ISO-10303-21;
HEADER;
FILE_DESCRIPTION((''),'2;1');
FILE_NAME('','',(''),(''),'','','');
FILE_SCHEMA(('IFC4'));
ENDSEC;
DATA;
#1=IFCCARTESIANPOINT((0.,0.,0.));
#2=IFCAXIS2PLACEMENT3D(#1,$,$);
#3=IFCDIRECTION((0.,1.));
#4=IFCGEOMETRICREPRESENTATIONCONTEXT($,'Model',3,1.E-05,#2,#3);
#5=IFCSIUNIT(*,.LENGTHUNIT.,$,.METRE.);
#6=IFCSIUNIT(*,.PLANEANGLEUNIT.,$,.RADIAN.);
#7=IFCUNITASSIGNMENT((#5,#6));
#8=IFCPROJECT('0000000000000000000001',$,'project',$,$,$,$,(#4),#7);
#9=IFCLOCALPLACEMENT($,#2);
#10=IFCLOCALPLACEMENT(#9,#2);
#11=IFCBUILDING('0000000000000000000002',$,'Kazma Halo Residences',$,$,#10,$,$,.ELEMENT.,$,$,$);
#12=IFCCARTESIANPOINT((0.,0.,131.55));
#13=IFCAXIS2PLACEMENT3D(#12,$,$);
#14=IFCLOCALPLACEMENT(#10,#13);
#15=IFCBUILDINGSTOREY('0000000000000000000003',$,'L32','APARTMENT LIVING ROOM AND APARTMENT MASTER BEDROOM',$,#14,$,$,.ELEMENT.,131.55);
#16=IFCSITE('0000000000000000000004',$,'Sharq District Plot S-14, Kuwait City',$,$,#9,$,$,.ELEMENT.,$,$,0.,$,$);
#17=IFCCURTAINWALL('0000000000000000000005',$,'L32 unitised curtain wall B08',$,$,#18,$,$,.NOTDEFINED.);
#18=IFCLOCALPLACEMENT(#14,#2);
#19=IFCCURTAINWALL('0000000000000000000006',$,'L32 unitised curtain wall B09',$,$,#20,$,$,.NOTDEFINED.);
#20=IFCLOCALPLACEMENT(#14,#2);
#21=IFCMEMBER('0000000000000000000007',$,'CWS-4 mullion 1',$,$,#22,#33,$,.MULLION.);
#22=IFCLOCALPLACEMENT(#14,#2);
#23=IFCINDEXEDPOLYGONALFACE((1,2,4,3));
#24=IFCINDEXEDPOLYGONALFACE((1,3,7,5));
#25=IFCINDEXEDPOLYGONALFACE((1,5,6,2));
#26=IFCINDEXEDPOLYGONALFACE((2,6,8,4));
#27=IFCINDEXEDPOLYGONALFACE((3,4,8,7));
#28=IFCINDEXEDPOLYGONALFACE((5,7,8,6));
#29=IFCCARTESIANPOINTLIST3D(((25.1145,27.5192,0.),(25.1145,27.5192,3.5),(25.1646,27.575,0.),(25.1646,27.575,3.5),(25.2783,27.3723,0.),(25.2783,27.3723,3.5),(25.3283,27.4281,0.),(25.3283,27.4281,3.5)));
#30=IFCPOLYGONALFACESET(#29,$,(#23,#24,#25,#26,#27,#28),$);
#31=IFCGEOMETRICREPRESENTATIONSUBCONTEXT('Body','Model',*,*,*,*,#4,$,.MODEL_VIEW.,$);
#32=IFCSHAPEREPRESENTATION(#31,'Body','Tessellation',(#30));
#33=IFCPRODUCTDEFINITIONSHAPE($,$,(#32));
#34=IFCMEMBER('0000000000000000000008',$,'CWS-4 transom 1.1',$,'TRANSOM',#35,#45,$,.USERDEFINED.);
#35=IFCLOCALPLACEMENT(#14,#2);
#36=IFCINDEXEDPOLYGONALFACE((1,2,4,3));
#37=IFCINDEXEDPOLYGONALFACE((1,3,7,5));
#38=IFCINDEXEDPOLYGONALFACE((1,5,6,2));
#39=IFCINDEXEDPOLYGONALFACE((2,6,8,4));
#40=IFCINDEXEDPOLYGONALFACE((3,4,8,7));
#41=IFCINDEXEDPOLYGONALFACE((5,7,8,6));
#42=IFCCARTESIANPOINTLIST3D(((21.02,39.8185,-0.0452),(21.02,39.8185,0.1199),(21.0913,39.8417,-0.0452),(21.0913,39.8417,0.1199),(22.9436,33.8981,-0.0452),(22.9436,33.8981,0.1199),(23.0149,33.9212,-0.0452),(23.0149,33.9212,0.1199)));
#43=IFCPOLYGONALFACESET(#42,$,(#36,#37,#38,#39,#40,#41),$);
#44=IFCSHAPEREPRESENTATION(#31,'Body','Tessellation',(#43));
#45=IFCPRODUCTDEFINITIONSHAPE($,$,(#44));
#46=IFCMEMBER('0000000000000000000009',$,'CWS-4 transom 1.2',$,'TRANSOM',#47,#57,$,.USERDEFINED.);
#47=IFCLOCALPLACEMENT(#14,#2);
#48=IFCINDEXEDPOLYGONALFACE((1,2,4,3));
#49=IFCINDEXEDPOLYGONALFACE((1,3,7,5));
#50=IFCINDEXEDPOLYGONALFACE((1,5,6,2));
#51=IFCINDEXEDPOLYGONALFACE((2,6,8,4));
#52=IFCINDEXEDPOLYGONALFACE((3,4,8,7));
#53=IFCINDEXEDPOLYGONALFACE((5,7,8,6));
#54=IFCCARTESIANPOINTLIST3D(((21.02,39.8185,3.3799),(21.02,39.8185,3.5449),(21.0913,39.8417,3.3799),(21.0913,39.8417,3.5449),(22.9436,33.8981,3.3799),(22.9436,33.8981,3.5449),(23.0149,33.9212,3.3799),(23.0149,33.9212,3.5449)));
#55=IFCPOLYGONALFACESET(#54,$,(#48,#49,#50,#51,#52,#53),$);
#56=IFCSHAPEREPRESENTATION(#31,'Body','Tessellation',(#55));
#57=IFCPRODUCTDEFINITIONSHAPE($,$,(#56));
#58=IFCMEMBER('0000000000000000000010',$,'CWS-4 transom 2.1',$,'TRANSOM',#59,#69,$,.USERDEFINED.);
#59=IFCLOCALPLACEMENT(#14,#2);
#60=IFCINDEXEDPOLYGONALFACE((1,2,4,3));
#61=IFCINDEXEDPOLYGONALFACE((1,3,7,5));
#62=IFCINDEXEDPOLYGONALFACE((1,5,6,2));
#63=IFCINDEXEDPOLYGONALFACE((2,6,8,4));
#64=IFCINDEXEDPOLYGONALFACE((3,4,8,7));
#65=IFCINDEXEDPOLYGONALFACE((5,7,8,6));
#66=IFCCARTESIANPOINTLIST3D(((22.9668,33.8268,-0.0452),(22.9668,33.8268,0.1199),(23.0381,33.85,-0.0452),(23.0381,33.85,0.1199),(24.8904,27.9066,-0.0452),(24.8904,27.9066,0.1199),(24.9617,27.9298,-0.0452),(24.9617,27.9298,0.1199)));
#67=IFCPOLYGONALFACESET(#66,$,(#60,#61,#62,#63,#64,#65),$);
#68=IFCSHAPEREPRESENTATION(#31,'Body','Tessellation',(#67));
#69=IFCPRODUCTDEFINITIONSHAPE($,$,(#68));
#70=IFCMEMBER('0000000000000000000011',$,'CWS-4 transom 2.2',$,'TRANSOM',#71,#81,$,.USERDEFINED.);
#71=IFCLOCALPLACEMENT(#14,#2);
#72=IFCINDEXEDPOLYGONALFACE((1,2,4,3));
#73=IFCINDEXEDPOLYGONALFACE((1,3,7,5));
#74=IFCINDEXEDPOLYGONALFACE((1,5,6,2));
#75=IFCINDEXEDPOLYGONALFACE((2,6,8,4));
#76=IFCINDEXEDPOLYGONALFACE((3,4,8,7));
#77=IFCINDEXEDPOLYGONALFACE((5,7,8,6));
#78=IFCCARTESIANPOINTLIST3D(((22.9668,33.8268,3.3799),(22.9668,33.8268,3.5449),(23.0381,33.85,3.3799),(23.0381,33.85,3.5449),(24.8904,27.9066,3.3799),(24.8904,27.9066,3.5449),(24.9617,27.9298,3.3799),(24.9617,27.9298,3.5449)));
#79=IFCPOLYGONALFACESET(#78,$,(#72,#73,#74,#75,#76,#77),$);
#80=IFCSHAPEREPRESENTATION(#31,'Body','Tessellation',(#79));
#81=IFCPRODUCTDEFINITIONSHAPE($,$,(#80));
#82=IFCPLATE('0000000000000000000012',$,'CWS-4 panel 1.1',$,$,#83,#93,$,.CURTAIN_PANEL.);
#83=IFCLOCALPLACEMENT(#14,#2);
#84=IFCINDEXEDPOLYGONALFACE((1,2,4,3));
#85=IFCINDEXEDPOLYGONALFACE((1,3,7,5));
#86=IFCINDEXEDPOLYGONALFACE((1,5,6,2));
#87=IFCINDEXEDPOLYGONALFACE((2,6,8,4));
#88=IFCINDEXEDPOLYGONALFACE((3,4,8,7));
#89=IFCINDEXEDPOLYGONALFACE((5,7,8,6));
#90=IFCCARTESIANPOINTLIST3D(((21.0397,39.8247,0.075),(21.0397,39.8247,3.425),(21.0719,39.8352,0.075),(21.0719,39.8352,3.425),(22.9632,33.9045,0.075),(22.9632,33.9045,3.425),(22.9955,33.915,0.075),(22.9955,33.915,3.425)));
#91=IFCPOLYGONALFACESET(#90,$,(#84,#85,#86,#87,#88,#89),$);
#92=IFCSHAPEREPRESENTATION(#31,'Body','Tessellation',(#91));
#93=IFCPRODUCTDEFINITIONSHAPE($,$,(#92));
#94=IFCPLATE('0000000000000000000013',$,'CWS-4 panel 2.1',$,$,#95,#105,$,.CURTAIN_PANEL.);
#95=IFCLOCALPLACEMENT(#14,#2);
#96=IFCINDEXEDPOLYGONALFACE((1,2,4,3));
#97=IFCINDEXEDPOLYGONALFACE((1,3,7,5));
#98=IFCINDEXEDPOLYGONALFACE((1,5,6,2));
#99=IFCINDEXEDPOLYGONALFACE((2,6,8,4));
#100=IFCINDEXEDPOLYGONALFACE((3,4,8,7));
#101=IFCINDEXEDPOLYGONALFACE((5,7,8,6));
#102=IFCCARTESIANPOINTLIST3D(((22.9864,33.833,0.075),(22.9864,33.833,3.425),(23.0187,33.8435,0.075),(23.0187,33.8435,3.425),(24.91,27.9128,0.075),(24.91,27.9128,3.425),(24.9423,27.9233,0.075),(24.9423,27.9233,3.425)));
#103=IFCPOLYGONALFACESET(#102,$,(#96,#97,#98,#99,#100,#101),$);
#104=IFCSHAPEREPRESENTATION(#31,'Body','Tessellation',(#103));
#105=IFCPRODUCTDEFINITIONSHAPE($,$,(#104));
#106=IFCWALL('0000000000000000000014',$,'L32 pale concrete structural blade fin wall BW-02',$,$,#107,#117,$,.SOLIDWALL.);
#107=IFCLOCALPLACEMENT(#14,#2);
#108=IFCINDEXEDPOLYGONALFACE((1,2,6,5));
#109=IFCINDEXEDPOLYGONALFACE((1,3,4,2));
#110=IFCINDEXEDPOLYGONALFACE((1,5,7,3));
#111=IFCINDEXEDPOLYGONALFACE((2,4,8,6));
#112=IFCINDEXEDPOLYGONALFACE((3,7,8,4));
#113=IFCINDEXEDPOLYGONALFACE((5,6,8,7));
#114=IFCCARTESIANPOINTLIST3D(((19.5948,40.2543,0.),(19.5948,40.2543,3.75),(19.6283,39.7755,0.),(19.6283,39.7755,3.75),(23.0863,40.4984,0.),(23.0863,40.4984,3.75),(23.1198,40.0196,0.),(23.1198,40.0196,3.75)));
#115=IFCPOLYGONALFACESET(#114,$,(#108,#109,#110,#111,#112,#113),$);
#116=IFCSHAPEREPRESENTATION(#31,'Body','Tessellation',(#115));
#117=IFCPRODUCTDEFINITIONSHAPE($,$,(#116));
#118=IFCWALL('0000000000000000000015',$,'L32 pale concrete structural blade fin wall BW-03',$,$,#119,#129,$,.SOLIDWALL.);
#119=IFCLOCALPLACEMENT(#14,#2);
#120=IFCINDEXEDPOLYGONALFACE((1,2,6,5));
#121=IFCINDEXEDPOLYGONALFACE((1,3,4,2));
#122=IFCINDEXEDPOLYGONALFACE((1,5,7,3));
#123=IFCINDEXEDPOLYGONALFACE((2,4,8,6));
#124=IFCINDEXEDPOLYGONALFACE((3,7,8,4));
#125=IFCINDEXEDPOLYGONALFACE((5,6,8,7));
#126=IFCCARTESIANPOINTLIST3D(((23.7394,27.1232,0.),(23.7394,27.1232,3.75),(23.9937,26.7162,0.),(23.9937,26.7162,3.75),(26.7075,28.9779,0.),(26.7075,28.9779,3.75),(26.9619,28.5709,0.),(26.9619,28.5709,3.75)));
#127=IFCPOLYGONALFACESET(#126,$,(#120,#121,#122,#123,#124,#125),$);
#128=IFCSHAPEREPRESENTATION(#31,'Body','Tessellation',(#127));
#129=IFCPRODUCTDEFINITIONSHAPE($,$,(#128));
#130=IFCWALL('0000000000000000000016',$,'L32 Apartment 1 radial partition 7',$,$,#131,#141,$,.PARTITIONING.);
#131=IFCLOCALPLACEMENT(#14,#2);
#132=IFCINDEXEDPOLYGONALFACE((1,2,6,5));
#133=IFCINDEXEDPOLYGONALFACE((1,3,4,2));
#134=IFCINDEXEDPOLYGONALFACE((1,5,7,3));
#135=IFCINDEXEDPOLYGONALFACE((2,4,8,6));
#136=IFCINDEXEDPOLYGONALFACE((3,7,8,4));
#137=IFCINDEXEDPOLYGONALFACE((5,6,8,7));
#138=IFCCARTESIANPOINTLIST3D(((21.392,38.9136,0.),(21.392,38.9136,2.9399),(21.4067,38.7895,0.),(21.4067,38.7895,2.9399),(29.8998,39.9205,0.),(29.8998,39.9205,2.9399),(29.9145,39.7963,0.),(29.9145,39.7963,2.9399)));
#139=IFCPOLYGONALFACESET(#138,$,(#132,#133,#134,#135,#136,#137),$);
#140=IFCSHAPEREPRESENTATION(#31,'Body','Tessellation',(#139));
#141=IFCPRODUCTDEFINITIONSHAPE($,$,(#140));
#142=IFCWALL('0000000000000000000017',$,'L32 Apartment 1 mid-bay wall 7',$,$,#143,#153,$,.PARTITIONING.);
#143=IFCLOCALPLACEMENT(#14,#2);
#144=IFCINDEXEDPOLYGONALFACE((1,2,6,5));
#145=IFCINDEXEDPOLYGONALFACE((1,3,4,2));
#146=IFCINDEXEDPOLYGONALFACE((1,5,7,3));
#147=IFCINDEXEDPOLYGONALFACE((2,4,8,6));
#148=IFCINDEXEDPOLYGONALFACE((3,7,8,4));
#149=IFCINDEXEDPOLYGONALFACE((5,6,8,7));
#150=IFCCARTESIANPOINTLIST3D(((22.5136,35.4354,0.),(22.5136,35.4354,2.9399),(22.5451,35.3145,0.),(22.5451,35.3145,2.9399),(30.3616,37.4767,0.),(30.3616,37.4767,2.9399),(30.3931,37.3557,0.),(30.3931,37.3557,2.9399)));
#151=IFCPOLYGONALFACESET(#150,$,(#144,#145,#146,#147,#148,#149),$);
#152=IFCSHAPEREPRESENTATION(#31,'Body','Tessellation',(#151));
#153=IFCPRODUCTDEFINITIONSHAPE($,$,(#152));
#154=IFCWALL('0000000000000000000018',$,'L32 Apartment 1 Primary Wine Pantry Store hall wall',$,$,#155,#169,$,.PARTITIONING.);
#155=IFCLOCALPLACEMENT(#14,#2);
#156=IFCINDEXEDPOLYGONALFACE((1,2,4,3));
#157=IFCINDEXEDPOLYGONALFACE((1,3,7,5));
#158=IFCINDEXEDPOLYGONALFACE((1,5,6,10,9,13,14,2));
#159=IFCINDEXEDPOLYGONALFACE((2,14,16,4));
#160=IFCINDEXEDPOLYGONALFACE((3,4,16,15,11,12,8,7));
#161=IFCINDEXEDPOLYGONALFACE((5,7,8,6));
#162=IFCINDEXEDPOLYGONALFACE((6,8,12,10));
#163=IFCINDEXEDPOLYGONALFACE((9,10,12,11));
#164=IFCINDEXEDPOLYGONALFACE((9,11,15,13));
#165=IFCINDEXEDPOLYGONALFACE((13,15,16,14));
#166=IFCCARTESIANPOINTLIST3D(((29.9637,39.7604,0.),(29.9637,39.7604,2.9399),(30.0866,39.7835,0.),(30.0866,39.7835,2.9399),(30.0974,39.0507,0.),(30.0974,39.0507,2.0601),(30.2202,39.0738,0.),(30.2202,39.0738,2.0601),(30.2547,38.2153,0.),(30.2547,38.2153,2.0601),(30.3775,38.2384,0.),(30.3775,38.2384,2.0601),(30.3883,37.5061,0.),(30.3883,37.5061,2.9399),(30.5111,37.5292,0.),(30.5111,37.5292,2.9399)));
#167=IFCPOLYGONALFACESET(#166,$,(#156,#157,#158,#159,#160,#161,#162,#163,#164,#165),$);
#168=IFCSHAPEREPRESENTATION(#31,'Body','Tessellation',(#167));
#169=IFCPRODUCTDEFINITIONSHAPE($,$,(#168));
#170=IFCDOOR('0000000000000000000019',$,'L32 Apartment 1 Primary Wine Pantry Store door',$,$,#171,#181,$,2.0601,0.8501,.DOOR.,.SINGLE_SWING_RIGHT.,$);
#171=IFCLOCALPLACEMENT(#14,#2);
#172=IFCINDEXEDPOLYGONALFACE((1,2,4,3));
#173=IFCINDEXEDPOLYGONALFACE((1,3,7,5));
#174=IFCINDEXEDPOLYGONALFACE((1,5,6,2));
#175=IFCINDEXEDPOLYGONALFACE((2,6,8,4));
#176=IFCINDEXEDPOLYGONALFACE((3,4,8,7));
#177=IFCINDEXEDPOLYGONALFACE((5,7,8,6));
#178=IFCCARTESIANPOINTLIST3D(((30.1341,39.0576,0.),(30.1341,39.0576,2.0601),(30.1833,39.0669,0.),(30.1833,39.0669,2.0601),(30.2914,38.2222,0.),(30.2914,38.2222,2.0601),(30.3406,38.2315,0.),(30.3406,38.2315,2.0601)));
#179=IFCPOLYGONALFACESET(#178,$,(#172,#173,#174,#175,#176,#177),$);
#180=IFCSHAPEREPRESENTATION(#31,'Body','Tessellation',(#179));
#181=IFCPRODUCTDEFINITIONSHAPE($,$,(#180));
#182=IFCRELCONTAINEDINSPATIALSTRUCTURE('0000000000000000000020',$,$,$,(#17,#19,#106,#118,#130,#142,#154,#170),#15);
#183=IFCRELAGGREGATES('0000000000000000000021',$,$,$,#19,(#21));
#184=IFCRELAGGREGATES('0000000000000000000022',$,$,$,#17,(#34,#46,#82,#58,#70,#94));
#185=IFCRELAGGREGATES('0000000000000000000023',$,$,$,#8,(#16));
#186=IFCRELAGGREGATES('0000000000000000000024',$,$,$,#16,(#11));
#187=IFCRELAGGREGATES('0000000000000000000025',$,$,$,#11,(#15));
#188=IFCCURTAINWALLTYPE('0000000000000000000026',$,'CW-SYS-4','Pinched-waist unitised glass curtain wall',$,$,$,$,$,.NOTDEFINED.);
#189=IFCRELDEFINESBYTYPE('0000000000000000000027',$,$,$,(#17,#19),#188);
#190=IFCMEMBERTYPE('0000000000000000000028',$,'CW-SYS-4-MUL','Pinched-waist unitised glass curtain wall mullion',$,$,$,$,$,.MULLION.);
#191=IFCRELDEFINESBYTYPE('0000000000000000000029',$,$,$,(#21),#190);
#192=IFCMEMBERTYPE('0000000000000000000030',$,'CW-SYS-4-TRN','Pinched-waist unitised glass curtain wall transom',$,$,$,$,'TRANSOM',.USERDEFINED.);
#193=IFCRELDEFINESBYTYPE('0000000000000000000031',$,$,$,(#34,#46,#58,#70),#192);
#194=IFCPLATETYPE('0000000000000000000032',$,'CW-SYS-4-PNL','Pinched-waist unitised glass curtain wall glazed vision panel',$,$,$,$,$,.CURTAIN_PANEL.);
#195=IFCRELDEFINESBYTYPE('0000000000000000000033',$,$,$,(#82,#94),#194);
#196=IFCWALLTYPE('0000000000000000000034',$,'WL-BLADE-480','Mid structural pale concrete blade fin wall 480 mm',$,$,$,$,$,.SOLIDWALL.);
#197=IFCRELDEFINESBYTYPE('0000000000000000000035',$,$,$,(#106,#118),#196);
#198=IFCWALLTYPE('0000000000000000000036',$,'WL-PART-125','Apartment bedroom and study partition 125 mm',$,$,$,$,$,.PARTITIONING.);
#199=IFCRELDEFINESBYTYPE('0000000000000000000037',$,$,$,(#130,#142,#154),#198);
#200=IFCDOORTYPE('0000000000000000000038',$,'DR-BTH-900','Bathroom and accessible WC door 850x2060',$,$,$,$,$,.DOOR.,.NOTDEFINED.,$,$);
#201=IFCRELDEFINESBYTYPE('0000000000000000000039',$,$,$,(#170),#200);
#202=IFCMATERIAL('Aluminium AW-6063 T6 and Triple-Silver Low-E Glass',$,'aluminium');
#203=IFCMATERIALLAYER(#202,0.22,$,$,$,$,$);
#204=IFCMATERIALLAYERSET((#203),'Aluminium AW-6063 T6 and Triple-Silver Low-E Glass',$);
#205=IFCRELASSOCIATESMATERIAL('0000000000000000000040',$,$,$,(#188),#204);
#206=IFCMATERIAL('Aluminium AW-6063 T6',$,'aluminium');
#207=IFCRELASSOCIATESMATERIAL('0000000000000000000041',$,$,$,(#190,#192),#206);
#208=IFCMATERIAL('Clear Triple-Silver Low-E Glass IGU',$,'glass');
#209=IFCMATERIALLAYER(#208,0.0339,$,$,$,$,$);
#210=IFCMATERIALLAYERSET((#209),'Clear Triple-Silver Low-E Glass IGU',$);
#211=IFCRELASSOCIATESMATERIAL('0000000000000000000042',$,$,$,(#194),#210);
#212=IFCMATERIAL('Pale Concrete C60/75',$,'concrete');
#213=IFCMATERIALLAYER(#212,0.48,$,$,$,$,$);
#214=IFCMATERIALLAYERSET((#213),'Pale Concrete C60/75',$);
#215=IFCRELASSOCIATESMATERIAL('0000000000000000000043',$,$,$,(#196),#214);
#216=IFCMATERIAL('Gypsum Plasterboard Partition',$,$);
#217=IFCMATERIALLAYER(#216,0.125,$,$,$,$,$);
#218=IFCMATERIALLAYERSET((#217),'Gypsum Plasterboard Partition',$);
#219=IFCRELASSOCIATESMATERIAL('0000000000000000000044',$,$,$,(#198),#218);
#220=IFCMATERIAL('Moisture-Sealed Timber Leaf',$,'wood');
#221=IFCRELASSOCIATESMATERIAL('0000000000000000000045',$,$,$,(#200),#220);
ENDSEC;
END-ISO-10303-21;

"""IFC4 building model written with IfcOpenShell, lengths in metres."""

from ifc_helpers import new_model, si_unit, direction, frame, frame_2d, origin, origin_2d, place, context, subcontext, project, spatial, rectangle, extrude, material, layer, layer_set, material_profile, profile_set, type_object, element, fill, aggregate, save


model = new_model("IFC4")

# Units and contexts
model_context = context("Model", 3, precision=1e-05, world=origin(), true_north=direction((0.0, 1.0)))
body_context = subcontext(model_context, "Body", "Model", "MODEL_VIEW")
ifc_project = project(units=[si_unit("LENGTHUNIT", "METRE"), si_unit("PLANEANGLEUNIT", "RADIAN")], contexts=[model_context])

# Site, building, storey
site_placement = place(None, origin())
site = spatial("IfcSite", under=ifc_project, at=site_placement, Name="Sharq District Plot S-14, Kuwait City", CompositionType="ELEMENT", RefElevation=0.0)
building_placement = place(site_placement, origin())
building = spatial("IfcBuilding", under=site, at=building_placement, Name="Kazma Halo Residences", CompositionType="ELEMENT")
storey_placement = place(building_placement, frame((0.0, 0.0, 131.55)))
storey = spatial("IfcBuildingStorey", under=building, at=storey_placement, Name="L32", Description="APARTMENT LIVING ROOM AND APARTMENT MASTER BEDROOM", CompositionType="ELEMENT", Elevation=131.55)

# Curtain wall
ifc_material_1 = material(Name="Aluminium AW-6063 T6 and Triple-Silver Low-E Glass", Category="aluminium")
ifc_layer_1 = layer(ifc_material_1, 0.22)
ifc_layer_set_1 = layer_set([ifc_layer_1], Name="Aluminium AW-6063 T6 and Triple-Silver Low-E Glass")
curtain_wall_type = type_object("IfcCurtainWallType", Name="CW-SYS-4", Description="Pinched-waist unitised glass curtain wall", PredefinedType="NOTDEFINED", material=ifc_layer_set_1)
curtain_wall_1_placement = place(storey_placement, origin())
curtain_wall_1 = element("IfcCurtainWall", 1, at=curtain_wall_1_placement, inside=storey, type_object=curtain_wall_type, Name="L32 unitised curtain wall B08", PredefinedType="NOTDEFINED")
ifc_material_2 = material(Name="Aluminium AW-6063 T6", Category="aluminium")
ifc_material_profile_1 = material_profile(ifc_material_2, rectangle(XDim=0.075, YDim=0.22, at=origin_2d()), Name="CWM-75x220")
ifc_profile_set_1 = profile_set([ifc_material_profile_1], Name="Aluminium AW-6063 T6")
member_type_1 = type_object("IfcMemberType", Name="CW-SYS-4-MUL", Description="Pinched-waist unitised glass curtain wall mullion", PredefinedType="MULLION", material=ifc_profile_set_1)

# Curtain wall, member
curtain_wall_2_placement = place(storey_placement, origin())
curtain_wall_2 = element("IfcCurtainWall", 2, at=curtain_wall_2_placement, inside=storey, type_object=curtain_wall_type, Name="L32 unitised curtain wall B09", PredefinedType="NOTDEFINED")
member_1_placement = place(storey_placement, frame((25.2214, 27.4736, 0.0), z_axis=(0.0, 0.0, 1.0), x_axis=(0.66777, 0.744368, 0.0)))
member_1 = element("IfcMember", 3, at=member_1_placement, type_object=member_type_1, Name="CWS-4 mullion 1", PredefinedType="MULLION", context=body_context, shape_type="SweptSolid", body=[
    extrude(rectangle(XDim=0.075, YDim=0.22, at=origin_2d()), origin(), (0.0, 0.0, 1.0), 3.5),
])
aggregate(curtain_wall_2, [member_1])

# Members
ifc_material_profile_2 = material_profile(ifc_material_2, rectangle(XDim=0.075, YDim=0.165, at=origin_2d()), Name="CWT-75x165")
ifc_profile_set_2 = profile_set([ifc_material_profile_2], Name="Aluminium AW-6063 T6")
member_type_2 = type_object("IfcMemberType", Name="CW-SYS-4-TRN", Description="Pinched-waist unitised glass curtain wall transom", ElementType="TRANSOM", PredefinedType="USERDEFINED", material=ifc_profile_set_2)
member_2_placement = place(storey_placement, frame((21.0557, 39.8301, 0.0374), z_axis=(0.309006, -0.95106, 0.0), x_axis=(0.95106, 0.309006, 0.0)))
member_2 = element("IfcMember", 4, at=member_2_placement, type_object=member_type_2, Name="CWS-4 transom 1.1", ObjectType="TRANSOM", PredefinedType="USERDEFINED", context=body_context, shape_type="SweptSolid", body=[
    extrude(rectangle(XDim=0.075, YDim=0.165, at=origin_2d()), origin(), (0.0, 0.0, 1.0), 6.2251),
])
member_3_placement = place(storey_placement, frame((21.0557, 39.8301, 3.4624), z_axis=(0.309006, -0.95106, 0.0), x_axis=(0.95106, 0.309006, 0.0)))
member_3 = element("IfcMember", 5, at=member_3_placement, type_object=member_type_2, Name="CWS-4 transom 1.2", ObjectType="TRANSOM", PredefinedType="USERDEFINED", context=body_context, shape_type="SweptSolid", body=[
    extrude(rectangle(XDim=0.075, YDim=0.165, at=origin_2d()), origin(), (0.0, 0.0, 1.0), 6.2251),
])
member_4_placement = place(storey_placement, frame((23.0024, 33.8384, 0.0374), z_axis=(0.309018, -0.951056, 0.0), x_axis=(0.951056, 0.309018, 0.0)))
member_4 = element("IfcMember", 6, at=member_4_placement, type_object=member_type_2, Name="CWS-4 transom 2.1", ObjectType="TRANSOM", PredefinedType="USERDEFINED", context=body_context, shape_type="SweptSolid", body=[
    extrude(rectangle(XDim=0.075, YDim=0.165, at=origin_2d()), origin(), (0.0, 0.0, 1.0), 6.2249),
])
member_5_placement = place(storey_placement, frame((23.0024, 33.8384, 3.4624), z_axis=(0.309018, -0.951056, 0.0), x_axis=(0.951056, 0.309018, 0.0)))
member_5 = element("IfcMember", 7, at=member_5_placement, type_object=member_type_2, Name="CWS-4 transom 2.2", ObjectType="TRANSOM", PredefinedType="USERDEFINED", context=body_context, shape_type="SweptSolid", body=[
    extrude(rectangle(XDim=0.075, YDim=0.165, at=origin_2d()), origin(), (0.0, 0.0, 1.0), 6.2249),
])

# Plates
ifc_material_3 = material(Name="Clear Triple-Silver Low-E Glass IGU", Category="glass")
ifc_layer_2 = layer(ifc_material_3, 0.0339)
ifc_layer_set_2 = layer_set([ifc_layer_2], Name="Clear Triple-Silver Low-E Glass IGU")
plate_type = type_object("IfcPlateType", Name="CW-SYS-4-PNL", Description="Pinched-waist unitised glass curtain wall glazed vision panel", PredefinedType="CURTAIN_PANEL", material=ifc_layer_set_2)
plate_1_placement = place(storey_placement, frame((22.0176, 36.8699, 0.075), z_axis=(0.0, 0.0, 1.0), x_axis=(0.309014, -0.951058, 0.0)))
plate_1 = element("IfcPlate", 8, at=plate_1_placement, type_object=plate_type, Name="CWS-4 panel 1.1", PredefinedType="CURTAIN_PANEL", context=body_context, shape_type="SweptSolid", body=[
    extrude(rectangle(XDim=6.2249, YDim=0.0339, at=origin_2d()), origin(), (0.0, 0.0, 1.0), 3.3501),
])
plate_2_placement = place(storey_placement, frame((23.9644, 30.8782, 0.075), z_axis=(0.0, 0.0, 1.0), x_axis=(0.309014, -0.951058, 0.0)))
plate_2 = element("IfcPlate", 9, at=plate_2_placement, type_object=plate_type, Name="CWS-4 panel 2.1", PredefinedType="CURTAIN_PANEL", context=body_context, shape_type="SweptSolid", body=[
    extrude(rectangle(XDim=6.2249, YDim=0.0339, at=origin_2d()), origin(), (0.0, 0.0, 1.0), 3.3501),
])
aggregate(curtain_wall_1, [member_2, member_3, plate_1, member_4, member_5, plate_2])

# Walls
ifc_material_4 = material(Name="Pale Concrete C60/75", Category="concrete")
ifc_layer_3 = layer(ifc_material_4, 0.48)
ifc_layer_set_3 = layer_set([ifc_layer_3], Name="Pale Concrete C60/75")
wall_type_1 = type_object("IfcWallType", Name="WL-BLADE-480", Description="Mid structural pale concrete blade fin wall 480 mm", PredefinedType="SOLIDWALL", material=ifc_layer_set_3)
for number, where, z_axis, x_axis, name in (
    (10, (23.103, 40.259, 0.0), (0.0, 0.0, 1.0), (-0.997564, -0.069755, 0.0), "L32 pale concrete structural blade fin wall BW-02"),
    (11, (26.8347, 28.7744, 0.0), (0.0, 0.0, 1.0), (-0.848053, -0.529911, 0.0), "L32 pale concrete structural blade fin wall BW-03"),
):
    element("IfcWall", number, at=place(storey_placement, frame(where, z_axis=z_axis, x_axis=x_axis)), inside=storey, type_object=wall_type_1, Name=name, PredefinedType="SOLIDWALL", context=body_context, shape_type="SweptSolid", body=[
        extrude(rectangle(XDim=3.5, YDim=0.48, at=frame_2d((1.75, 0.0))), origin(), (0.0, 0.0, 1.0), 3.75),
    ])
ifc_material_5 = material(Name="Gypsum Plasterboard Partition")
ifc_layer_4 = layer(ifc_material_5, 0.125)
ifc_layer_set_4 = layer_set([ifc_layer_4], Name="Gypsum Plasterboard Partition")
wall_type_2 = type_object("IfcWallType", Name="WL-PART-125", Description="Apartment bedroom and study partition 125 mm", PredefinedType="PARTITIONING", material=ifc_layer_set_4)
wall_1_placement = place(storey_placement, frame((29.9072, 39.8584, 0.0), z_axis=(0.0, 0.0, 1.0), x_axis=(-0.99307, -0.117522, 0.0)))
element("IfcWall", 12, at=wall_1_placement, inside=storey, type_object=wall_type_2, Name="L32 Apartment 1 radial partition 7", PredefinedType="PARTITIONING", context=body_context, shape_type="SweptSolid", body=[
    extrude(rectangle(XDim=8.5671, YDim=0.125, at=frame_2d((4.2837, 0.0))), origin(), (0.0, 0.0, 1.0), 2.9399),
])
wall_2_placement = place(storey_placement, frame((30.3774, 37.4163, 0.0), z_axis=(0.0, 0.0, 1.0), x_axis=(-0.967798, -0.251727, 0.0)))
element("IfcWall", 13, at=wall_2_placement, inside=storey, type_object=wall_type_2, Name="L32 Apartment 1 mid-bay wall 7", PredefinedType="PARTITIONING", context=body_context, shape_type="SweptSolid", body=[
    extrude(rectangle(XDim=8.1091, YDim=0.125, at=frame_2d((4.0547, 0.0))), origin(), (0.0, 0.0, 1.0), 2.9399),
])

# Wall, opening, door
wall_3_placement = place(storey_placement, frame((30.0251, 39.772, 0.0), z_axis=(0.0, 0.0, 1.0), x_axis=(0.185072, -0.982725, 0.0)))
wall_3 = element("IfcWall", 14, at=wall_3_placement, inside=storey, type_object=wall_type_2, Name="L32 Apartment 1 Primary Wine Pantry Store hall wall", PredefinedType="PARTITIONING", context=body_context, shape_type="SweptSolid", body=[
    extrude(rectangle(XDim=2.2939, YDim=0.125, at=frame_2d((1.147, 0.0))), origin(), (0.0, 0.0, 1.0), 2.9399),
])
opening_1_placement = place(wall_3_placement, frame((0.7222, 0.0, 0.0)))
opening_1 = element("IfcOpeningElement", 15, at=opening_1_placement, cuts=wall_3, PredefinedType="OPENING", context=body_context, shape_type="SweptSolid", body=[
    extrude(rectangle(XDim=0.8501, YDim=2.0601, at=frame_2d((0.425, 1.03))), frame((0.0, 0.0725, 0.0), z_axis=(0.0, -1.0, 0.0), x_axis=(1.0, 0.0, 0.0)), (0.0, 0.0, 1.0), 0.145),
])
ifc_material_6 = material(Name="Moisture-Sealed Timber Leaf", Category="wood")
door_type_1 = type_object("IfcDoorType", Name="DR-BTH-900", Description="Bathroom and accessible WC door 850x2060", OperationType="NOTDEFINED", PredefinedType="DOOR", material=ifc_material_6)
door_1_placement = place(opening_1_placement, origin())
door_1 = element("IfcDoor", 16, at=door_1_placement, inside=storey, type_object=door_type_1, Name="L32 Apartment 1 Primary Wine Pantry Store door", OperationType="SINGLE_SWING_RIGHT", OverallHeight=2.0601, OverallWidth=0.8501, PredefinedType="DOOR", context=body_context, shape_type="SweptSolid", body=[
    extrude(rectangle(XDim=0.8501, YDim=2.0601, at=frame_2d((0.425, 1.03))), frame((0.0, 0.0249, 0.0), z_axis=(0.0, -1.0, 0.0), x_axis=(1.0, 0.0, 0.0)), (0.0, 0.0, 1.0), 0.05),
])
fill(opening_1, door_1)

save(model, "model.ifc")
